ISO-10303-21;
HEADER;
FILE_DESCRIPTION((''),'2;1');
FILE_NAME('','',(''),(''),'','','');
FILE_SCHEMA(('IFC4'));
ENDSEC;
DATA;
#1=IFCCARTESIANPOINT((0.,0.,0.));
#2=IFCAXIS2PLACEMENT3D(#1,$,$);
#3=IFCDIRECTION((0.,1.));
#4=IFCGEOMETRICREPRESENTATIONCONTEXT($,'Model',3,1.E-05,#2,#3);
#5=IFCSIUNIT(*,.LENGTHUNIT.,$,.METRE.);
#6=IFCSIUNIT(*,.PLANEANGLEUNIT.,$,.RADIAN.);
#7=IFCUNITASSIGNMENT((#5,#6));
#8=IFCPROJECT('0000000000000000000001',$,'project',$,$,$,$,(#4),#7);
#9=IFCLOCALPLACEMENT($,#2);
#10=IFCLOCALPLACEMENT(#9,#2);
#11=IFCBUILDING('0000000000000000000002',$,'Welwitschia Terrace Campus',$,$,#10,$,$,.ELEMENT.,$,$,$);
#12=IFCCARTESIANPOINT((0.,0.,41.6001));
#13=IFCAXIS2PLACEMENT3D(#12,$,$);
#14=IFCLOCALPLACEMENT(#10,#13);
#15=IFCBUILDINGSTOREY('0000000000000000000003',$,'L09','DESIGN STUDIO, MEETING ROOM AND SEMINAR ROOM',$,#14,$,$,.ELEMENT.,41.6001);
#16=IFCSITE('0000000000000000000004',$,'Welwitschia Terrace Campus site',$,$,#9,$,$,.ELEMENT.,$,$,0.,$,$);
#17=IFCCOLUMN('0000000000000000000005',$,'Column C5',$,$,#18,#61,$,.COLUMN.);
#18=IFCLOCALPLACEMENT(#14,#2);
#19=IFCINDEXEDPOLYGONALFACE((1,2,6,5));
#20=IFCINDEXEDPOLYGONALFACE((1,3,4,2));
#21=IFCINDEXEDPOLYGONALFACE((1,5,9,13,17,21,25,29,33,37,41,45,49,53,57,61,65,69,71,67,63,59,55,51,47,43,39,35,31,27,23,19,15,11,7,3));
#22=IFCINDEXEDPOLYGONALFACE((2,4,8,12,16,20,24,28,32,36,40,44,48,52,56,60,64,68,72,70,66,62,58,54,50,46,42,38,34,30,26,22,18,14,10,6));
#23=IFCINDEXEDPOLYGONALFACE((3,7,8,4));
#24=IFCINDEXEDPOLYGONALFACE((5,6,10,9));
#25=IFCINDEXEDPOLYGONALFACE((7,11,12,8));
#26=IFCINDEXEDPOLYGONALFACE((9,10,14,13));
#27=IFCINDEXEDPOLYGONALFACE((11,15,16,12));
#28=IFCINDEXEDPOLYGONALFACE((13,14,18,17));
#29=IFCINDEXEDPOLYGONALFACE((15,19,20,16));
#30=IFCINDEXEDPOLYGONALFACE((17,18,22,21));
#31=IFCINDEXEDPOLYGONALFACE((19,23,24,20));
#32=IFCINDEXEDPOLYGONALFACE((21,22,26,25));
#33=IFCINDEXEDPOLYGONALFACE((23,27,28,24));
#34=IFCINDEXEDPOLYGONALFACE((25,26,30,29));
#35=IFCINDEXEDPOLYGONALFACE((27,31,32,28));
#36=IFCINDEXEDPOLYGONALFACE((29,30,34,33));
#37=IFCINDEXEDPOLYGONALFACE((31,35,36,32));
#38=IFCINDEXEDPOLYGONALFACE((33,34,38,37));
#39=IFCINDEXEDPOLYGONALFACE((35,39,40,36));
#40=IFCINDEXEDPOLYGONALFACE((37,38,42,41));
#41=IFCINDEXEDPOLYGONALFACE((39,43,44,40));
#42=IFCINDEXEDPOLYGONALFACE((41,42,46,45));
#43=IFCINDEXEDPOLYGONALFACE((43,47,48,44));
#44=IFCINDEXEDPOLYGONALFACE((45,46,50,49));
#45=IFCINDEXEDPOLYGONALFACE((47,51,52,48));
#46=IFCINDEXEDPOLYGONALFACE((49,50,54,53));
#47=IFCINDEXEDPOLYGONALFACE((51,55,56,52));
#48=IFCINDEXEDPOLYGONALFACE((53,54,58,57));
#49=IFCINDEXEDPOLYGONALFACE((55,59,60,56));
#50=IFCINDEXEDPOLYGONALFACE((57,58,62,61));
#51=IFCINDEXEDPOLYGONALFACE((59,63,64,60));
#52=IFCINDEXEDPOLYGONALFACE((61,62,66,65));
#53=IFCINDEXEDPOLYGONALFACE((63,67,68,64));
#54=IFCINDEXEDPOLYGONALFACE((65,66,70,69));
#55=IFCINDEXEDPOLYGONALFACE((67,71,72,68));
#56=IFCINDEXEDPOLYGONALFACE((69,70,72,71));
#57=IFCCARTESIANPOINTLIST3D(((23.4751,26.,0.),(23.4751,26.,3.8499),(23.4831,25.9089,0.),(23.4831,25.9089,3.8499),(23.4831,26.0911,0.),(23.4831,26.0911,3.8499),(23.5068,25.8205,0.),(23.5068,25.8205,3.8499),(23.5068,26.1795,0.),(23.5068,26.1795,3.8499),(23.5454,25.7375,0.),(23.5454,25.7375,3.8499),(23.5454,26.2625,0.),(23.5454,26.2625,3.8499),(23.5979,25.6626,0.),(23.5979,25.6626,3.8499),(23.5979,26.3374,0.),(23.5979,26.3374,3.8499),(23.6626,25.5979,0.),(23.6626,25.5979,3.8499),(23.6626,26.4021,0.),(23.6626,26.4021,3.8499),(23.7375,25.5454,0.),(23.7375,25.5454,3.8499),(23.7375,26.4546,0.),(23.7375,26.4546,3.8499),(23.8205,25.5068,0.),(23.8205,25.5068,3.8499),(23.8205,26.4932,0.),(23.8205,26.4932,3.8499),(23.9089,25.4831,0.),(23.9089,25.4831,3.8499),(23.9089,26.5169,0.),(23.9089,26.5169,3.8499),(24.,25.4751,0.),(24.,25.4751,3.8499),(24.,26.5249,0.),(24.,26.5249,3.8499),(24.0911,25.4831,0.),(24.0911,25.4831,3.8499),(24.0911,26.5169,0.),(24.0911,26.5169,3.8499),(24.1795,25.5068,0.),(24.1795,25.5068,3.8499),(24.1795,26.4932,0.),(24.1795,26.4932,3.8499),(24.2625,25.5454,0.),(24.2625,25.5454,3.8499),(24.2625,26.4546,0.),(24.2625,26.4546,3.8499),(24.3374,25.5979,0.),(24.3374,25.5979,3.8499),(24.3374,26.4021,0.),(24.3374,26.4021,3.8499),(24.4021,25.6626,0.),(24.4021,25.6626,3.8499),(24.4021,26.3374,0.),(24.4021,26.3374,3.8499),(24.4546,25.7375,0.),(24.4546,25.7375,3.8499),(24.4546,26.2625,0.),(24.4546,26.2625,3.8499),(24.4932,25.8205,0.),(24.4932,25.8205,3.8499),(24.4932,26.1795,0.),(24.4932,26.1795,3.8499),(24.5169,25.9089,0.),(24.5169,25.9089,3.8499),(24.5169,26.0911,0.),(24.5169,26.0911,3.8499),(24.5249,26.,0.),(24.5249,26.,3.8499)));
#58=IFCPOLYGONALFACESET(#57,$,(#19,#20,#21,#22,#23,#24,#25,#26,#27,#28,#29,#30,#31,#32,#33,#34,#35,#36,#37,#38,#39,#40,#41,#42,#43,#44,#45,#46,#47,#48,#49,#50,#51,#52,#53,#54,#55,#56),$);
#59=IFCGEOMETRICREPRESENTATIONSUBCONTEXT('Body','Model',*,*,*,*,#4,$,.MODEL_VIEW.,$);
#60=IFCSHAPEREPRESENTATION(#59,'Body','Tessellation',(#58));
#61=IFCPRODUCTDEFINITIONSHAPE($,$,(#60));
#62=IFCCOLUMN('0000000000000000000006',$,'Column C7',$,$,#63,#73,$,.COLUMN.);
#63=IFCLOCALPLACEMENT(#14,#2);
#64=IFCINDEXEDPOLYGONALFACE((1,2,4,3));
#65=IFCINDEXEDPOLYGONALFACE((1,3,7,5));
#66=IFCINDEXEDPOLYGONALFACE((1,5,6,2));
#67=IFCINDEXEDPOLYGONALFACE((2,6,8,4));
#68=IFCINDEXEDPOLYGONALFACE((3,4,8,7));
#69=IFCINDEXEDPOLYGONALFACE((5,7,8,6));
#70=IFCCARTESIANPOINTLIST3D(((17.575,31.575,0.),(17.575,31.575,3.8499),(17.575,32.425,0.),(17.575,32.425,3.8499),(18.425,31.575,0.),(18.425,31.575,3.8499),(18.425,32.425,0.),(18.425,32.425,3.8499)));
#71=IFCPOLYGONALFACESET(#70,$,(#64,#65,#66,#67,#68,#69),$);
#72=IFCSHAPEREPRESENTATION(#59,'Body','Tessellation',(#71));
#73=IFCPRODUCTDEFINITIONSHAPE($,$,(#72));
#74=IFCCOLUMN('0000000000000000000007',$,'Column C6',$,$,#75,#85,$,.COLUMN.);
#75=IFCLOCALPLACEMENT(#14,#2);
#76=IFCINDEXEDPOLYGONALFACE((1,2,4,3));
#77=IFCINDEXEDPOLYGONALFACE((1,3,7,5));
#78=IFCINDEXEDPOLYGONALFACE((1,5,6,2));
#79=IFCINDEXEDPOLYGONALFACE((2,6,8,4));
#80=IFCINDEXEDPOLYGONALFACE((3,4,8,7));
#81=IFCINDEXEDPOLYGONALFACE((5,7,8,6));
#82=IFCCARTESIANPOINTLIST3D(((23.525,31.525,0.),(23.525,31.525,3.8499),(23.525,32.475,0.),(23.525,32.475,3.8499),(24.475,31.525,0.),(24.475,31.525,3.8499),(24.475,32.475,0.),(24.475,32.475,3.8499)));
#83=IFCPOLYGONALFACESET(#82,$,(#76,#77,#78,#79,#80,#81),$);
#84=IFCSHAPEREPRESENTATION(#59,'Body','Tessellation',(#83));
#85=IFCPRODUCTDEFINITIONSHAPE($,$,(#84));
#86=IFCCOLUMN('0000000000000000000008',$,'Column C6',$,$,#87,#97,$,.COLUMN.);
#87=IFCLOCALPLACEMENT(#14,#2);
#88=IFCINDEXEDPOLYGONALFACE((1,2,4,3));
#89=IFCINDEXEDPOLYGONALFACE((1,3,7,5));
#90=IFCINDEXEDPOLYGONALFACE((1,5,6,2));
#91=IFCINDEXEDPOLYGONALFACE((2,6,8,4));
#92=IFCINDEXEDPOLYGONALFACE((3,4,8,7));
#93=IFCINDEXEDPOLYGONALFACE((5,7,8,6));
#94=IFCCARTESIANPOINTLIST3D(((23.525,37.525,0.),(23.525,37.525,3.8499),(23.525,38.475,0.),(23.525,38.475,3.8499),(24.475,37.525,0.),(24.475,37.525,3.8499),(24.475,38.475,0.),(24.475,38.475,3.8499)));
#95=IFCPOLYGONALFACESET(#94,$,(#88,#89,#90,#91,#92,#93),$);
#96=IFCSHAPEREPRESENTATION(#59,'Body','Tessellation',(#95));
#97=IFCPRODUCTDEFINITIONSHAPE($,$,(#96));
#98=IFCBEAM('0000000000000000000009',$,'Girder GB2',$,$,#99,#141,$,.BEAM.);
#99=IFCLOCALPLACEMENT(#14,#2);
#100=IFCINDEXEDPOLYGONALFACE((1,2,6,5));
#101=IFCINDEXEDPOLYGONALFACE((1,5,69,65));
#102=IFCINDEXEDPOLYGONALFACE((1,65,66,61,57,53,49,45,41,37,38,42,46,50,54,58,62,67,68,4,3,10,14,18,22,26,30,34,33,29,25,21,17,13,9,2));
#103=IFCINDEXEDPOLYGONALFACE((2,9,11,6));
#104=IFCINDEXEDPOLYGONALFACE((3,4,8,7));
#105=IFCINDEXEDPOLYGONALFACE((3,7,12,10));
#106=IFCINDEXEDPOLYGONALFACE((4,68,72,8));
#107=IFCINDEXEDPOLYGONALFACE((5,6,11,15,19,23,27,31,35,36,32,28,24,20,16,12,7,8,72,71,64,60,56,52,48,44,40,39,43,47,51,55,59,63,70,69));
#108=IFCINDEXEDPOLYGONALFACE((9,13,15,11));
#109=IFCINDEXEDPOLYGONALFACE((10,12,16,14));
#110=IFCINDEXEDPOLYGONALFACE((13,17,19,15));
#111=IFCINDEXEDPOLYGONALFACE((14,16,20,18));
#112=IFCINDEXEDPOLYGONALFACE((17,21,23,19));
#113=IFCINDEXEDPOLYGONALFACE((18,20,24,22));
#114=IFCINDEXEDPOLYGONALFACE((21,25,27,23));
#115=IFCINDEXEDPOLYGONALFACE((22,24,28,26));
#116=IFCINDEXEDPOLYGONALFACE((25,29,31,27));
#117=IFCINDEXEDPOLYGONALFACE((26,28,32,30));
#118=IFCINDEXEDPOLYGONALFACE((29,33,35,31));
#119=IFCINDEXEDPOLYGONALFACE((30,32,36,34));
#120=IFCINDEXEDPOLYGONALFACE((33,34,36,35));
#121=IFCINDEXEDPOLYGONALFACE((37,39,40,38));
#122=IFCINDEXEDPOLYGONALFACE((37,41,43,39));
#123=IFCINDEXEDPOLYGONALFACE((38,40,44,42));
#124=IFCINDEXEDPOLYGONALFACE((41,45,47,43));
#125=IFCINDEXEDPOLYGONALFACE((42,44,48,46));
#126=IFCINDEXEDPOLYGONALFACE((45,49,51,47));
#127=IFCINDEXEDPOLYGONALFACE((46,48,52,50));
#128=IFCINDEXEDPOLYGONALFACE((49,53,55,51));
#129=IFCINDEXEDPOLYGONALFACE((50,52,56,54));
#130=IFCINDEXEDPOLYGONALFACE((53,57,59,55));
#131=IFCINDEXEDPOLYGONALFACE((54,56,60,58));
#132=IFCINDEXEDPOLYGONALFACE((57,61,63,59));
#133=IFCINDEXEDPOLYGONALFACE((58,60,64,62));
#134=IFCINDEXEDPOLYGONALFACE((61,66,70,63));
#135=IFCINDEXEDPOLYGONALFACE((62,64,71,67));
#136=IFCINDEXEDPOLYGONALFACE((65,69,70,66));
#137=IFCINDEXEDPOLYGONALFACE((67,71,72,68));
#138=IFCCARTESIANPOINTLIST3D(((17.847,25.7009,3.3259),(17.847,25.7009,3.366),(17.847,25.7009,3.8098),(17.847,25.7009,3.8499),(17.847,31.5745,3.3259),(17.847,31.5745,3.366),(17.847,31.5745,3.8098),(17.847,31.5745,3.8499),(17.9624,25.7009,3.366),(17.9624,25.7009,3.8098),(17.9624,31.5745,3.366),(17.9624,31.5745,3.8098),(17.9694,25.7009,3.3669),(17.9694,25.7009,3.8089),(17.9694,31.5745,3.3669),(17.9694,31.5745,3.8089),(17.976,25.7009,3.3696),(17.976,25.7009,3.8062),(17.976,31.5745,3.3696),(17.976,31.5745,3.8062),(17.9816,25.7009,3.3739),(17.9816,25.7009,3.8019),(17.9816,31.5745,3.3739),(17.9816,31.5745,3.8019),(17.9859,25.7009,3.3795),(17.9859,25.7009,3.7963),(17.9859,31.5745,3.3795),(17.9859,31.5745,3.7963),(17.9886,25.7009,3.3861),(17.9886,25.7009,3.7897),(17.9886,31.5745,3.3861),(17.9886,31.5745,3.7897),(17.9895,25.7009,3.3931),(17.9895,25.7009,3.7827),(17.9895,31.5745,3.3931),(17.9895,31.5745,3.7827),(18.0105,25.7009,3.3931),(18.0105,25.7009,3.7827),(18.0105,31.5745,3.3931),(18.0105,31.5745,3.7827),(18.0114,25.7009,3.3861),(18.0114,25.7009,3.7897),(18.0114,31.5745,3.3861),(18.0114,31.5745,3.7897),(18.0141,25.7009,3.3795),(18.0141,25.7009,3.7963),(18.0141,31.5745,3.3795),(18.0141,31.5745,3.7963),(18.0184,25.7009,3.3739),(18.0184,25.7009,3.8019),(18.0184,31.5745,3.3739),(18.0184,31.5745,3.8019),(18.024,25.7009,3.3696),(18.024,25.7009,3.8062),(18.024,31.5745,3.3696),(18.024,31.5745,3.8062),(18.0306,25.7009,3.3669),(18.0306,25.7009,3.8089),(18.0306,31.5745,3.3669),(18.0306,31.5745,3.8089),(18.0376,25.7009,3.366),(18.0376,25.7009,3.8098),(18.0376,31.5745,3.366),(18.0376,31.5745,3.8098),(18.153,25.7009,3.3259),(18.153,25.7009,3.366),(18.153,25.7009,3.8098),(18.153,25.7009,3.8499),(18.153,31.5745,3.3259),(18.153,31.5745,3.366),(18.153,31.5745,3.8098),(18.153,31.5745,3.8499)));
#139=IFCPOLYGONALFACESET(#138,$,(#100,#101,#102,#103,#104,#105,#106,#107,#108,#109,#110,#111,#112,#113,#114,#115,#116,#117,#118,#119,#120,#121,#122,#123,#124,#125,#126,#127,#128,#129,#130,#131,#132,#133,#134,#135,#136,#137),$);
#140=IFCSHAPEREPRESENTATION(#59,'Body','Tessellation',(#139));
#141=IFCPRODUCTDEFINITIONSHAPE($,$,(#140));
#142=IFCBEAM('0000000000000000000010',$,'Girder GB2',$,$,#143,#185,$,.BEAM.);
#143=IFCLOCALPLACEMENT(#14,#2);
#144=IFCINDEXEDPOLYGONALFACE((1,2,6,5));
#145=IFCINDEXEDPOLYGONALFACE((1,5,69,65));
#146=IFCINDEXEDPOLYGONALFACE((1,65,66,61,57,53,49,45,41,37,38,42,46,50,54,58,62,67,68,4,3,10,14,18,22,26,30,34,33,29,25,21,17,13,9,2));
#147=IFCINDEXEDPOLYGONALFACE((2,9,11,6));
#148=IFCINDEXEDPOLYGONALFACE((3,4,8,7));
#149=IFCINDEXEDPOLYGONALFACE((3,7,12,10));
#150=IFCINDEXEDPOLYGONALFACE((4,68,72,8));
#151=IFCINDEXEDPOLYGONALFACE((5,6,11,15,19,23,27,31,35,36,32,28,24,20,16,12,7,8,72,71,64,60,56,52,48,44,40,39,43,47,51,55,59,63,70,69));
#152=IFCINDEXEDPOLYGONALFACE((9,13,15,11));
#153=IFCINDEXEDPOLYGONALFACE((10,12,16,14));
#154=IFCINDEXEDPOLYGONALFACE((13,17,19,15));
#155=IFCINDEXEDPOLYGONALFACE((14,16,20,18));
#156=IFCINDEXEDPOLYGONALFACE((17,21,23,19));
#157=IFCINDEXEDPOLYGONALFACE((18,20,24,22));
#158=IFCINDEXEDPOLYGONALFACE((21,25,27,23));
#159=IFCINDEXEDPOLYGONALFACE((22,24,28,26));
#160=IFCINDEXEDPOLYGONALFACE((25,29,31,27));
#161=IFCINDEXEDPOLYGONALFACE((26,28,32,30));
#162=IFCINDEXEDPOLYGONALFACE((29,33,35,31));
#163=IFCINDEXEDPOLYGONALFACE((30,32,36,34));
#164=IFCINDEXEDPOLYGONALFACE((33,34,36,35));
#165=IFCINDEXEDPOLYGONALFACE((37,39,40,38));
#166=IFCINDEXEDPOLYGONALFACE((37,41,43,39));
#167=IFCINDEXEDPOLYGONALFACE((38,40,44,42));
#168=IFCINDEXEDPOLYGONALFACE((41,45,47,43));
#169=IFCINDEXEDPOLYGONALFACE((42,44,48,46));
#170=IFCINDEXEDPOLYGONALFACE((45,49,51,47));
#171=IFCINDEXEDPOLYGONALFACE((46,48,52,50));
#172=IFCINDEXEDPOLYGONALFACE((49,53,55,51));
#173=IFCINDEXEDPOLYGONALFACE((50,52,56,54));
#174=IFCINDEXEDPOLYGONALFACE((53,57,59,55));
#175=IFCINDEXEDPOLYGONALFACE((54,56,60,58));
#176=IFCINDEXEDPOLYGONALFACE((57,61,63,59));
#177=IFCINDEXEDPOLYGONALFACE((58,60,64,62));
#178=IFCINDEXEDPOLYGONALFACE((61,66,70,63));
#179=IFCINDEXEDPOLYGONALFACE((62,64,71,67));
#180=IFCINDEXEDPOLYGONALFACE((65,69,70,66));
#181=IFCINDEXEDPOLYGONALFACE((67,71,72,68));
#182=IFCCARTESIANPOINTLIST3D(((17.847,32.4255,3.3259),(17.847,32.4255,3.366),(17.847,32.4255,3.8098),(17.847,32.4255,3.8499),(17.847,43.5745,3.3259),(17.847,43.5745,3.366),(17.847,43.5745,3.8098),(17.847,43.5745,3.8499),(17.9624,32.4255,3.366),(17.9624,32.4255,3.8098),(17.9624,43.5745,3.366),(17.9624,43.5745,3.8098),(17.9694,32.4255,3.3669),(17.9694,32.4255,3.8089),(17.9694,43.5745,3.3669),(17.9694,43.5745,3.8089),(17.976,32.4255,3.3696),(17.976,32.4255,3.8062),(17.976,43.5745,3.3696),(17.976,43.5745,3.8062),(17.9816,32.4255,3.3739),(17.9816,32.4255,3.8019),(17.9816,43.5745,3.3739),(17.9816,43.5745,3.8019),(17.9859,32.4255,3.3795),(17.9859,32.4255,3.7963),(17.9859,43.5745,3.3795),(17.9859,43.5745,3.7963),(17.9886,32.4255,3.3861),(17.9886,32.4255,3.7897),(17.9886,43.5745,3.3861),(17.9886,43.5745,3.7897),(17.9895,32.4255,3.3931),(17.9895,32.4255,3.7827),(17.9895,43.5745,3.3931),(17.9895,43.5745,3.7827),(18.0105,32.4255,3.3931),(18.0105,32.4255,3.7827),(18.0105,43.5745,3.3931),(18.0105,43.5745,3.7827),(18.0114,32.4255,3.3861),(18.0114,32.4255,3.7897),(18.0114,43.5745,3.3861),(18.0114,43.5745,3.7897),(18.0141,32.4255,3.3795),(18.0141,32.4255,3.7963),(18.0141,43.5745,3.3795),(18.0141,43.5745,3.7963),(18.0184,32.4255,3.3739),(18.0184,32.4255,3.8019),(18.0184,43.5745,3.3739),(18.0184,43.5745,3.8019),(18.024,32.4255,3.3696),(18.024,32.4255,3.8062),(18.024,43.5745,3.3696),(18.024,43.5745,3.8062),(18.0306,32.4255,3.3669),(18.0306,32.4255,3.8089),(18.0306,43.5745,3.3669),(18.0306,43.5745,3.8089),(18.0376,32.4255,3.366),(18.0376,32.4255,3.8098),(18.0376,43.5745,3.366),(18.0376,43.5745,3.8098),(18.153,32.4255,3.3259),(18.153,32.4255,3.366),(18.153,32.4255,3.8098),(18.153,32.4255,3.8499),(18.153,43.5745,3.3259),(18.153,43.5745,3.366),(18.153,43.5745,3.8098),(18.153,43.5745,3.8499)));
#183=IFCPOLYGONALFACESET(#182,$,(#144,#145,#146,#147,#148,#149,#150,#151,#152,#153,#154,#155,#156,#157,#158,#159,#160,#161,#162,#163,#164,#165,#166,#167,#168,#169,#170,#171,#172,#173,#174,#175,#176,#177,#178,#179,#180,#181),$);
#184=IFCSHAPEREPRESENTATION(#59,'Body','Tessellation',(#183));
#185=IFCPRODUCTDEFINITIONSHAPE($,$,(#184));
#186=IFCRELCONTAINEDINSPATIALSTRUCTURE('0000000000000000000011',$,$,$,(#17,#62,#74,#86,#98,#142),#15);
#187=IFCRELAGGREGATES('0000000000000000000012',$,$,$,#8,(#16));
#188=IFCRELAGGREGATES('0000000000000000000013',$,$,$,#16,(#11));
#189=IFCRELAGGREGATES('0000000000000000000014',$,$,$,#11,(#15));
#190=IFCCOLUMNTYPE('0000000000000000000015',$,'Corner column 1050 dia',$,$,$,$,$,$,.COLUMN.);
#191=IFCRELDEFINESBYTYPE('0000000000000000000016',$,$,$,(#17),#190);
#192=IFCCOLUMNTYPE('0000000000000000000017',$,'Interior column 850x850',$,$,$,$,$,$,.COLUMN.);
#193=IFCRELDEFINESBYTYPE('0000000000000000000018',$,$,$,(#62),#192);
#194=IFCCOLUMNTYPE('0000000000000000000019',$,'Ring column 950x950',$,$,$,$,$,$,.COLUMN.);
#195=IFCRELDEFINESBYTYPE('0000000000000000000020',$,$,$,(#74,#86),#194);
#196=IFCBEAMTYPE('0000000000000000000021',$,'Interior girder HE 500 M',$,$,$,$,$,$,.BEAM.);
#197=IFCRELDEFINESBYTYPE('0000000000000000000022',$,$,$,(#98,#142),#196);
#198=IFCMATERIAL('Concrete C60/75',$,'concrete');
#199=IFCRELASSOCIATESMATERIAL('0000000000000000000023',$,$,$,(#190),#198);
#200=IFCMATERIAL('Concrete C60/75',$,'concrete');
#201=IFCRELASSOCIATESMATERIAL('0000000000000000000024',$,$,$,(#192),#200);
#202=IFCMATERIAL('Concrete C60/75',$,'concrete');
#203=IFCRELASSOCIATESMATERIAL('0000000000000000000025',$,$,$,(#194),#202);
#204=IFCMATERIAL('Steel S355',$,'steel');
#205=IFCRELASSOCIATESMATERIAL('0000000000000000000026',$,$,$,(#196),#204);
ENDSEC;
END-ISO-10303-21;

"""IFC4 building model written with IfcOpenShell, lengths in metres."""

from ifc_helpers import new_model, si_unit, direction, frame, origin, origin_2d, place, context, subcontext, project, spatial, rectangle, circle, i_section, extrude, material, material_profile, profile_set, type_object, element, save


model = new_model("IFC4")

# Units and contexts
model_context = context("Model", 3, precision=1e-05, world=origin(), true_north=direction((0.0, 1.0)))
body_context = subcontext(model_context, "Body", "Model", "MODEL_VIEW")
ifc_project = project(units=[si_unit("LENGTHUNIT", "METRE"), si_unit("PLANEANGLEUNIT", "RADIAN")], contexts=[model_context])

# Site, building, storey
site_placement = place(None, origin())
site = spatial("IfcSite", under=ifc_project, at=site_placement, Name="Welwitschia Terrace Campus site", CompositionType="ELEMENT", RefElevation=0.0)
building_placement = place(site_placement, origin())
building = spatial("IfcBuilding", under=site, at=building_placement, Name="Welwitschia Terrace Campus", CompositionType="ELEMENT")
storey_placement = place(building_placement, frame((0.0, 0.0, 41.6001)))
storey = spatial("IfcBuildingStorey", under=building, at=storey_placement, Name="L09", Description="DESIGN STUDIO, MEETING ROOM AND SEMINAR ROOM", CompositionType="ELEMENT", Elevation=41.6001)

# Columns
ifc_material_1 = material(Name="Concrete C60/75", Category="concrete")
ifc_material_profile_1 = material_profile(ifc_material_1, circle(Radius=0.5249, at=origin_2d()))
ifc_profile_set_1 = profile_set([ifc_material_profile_1], Name="Concrete C60/75")
column_type_1 = type_object("IfcColumnType", Name="Corner column 1050 dia", PredefinedType="COLUMN", material=ifc_profile_set_1)
column_1_placement = place(storey_placement, frame((24.0, 26.0, 0.0), z_axis=(0.0, 0.0, 1.0), x_axis=(1.0, 0.0, 0.0)))
element("IfcColumn", 1, at=column_1_placement, inside=storey, type_object=column_type_1, Name="Column C5", PredefinedType="COLUMN", context=body_context, shape_type="SweptSolid", body=[
    extrude(circle(Radius=0.5249, at=origin_2d()), origin(), (0.0, 0.0, 1.0), 3.8499),
])
ifc_material_2 = material(Name="Concrete C60/75", Category="concrete")
ifc_material_profile_2 = material_profile(ifc_material_2, rectangle(XDim=0.8501, YDim=0.8501, at=origin_2d()))
ifc_profile_set_2 = profile_set([ifc_material_profile_2], Name="Concrete C60/75")
column_type_2 = type_object("IfcColumnType", Name="Interior column 850x850", PredefinedType="COLUMN", material=ifc_profile_set_2)
column_2_placement = place(storey_placement, frame((18.0, 32.0, 0.0), z_axis=(0.0, 0.0, 1.0), x_axis=(1.0, 0.0, 0.0)))
element("IfcColumn", 2, at=column_2_placement, inside=storey, type_object=column_type_2, Name="Column C7", PredefinedType="COLUMN", context=body_context, shape_type="SweptSolid", body=[
    extrude(rectangle(XDim=0.8501, YDim=0.8501, at=origin_2d()), origin(), (0.0, 0.0, 1.0), 3.8499),
])
ifc_material_3 = material(Name="Concrete C60/75", Category="concrete")
ifc_material_profile_3 = material_profile(ifc_material_3, rectangle(XDim=0.95, YDim=0.95, at=origin_2d()))
ifc_profile_set_3 = profile_set([ifc_material_profile_3], Name="Concrete C60/75")
column_type_3 = type_object("IfcColumnType", Name="Ring column 950x950", PredefinedType="COLUMN", material=ifc_profile_set_3)
for number, where, z_axis, x_axis, name in (
    (3, (24.0, 32.0, 0.0), (0.0, 0.0, 1.0), (1.0, 0.0, 0.0), "Column C6"),
    (4, (24.0, 38.0, 0.0), (0.0, 0.0, 1.0), (1.0, 0.0, 0.0), "Column C6"),
):
    element("IfcColumn", number, at=place(storey_placement, frame(where, z_axis=z_axis, x_axis=x_axis)), inside=storey, type_object=column_type_3, Name=name, PredefinedType="COLUMN", context=body_context, shape_type="SweptSolid", body=[
        extrude(rectangle(XDim=0.95, YDim=0.95, at=origin_2d()), origin(), (0.0, 0.0, 1.0), 3.8499),
    ])

# Beams
ifc_material_4 = material(Name="Steel S355", Category="steel")
ifc_material_profile_4 = material_profile(ifc_material_4, i_section(OverallWidth=0.3059, OverallDepth=0.5239, WebThickness=0.021, FlangeThickness=0.04, FilletRadius=0.0271, at=origin_2d()))
ifc_profile_set_4 = profile_set([ifc_material_profile_4], Name="Steel S355")
beam_type_1 = type_object("IfcBeamType", Name="Interior girder HE 500 M", PredefinedType="BEAM", material=ifc_profile_set_4)
beam_1_placement = place(storey_placement, frame((18.0, 25.7009, 3.5879), z_axis=(0.0, 1.0, 0.0), x_axis=(-1.0, 0.0, 0.0)))
element("IfcBeam", 5, at=beam_1_placement, inside=storey, type_object=beam_type_1, Name="Girder GB2", PredefinedType="BEAM", context=body_context, shape_type="SweptSolid", body=[
    extrude(i_section(OverallWidth=0.3059, OverallDepth=0.5239, WebThickness=0.021, FlangeThickness=0.04, FilletRadius=0.0271, at=origin_2d()), origin(), (0.0, 0.0, 1.0), 5.8735),
])
beam_2_placement = place(storey_placement, frame((18.0, 32.4255, 3.5879), z_axis=(0.0, 1.0, 0.0), x_axis=(-1.0, 0.0, 0.0)))
element("IfcBeam", 6, at=beam_2_placement, inside=storey, type_object=beam_type_1, Name="Girder GB2", PredefinedType="BEAM", context=body_context, shape_type="SweptSolid", body=[
    extrude(i_section(OverallWidth=0.3059, OverallDepth=0.5239, WebThickness=0.021, FlangeThickness=0.04, FilletRadius=0.0271, at=origin_2d()), origin(), (0.0, 0.0, 1.0), 11.1489),
])

save(model, "model.ifc")
